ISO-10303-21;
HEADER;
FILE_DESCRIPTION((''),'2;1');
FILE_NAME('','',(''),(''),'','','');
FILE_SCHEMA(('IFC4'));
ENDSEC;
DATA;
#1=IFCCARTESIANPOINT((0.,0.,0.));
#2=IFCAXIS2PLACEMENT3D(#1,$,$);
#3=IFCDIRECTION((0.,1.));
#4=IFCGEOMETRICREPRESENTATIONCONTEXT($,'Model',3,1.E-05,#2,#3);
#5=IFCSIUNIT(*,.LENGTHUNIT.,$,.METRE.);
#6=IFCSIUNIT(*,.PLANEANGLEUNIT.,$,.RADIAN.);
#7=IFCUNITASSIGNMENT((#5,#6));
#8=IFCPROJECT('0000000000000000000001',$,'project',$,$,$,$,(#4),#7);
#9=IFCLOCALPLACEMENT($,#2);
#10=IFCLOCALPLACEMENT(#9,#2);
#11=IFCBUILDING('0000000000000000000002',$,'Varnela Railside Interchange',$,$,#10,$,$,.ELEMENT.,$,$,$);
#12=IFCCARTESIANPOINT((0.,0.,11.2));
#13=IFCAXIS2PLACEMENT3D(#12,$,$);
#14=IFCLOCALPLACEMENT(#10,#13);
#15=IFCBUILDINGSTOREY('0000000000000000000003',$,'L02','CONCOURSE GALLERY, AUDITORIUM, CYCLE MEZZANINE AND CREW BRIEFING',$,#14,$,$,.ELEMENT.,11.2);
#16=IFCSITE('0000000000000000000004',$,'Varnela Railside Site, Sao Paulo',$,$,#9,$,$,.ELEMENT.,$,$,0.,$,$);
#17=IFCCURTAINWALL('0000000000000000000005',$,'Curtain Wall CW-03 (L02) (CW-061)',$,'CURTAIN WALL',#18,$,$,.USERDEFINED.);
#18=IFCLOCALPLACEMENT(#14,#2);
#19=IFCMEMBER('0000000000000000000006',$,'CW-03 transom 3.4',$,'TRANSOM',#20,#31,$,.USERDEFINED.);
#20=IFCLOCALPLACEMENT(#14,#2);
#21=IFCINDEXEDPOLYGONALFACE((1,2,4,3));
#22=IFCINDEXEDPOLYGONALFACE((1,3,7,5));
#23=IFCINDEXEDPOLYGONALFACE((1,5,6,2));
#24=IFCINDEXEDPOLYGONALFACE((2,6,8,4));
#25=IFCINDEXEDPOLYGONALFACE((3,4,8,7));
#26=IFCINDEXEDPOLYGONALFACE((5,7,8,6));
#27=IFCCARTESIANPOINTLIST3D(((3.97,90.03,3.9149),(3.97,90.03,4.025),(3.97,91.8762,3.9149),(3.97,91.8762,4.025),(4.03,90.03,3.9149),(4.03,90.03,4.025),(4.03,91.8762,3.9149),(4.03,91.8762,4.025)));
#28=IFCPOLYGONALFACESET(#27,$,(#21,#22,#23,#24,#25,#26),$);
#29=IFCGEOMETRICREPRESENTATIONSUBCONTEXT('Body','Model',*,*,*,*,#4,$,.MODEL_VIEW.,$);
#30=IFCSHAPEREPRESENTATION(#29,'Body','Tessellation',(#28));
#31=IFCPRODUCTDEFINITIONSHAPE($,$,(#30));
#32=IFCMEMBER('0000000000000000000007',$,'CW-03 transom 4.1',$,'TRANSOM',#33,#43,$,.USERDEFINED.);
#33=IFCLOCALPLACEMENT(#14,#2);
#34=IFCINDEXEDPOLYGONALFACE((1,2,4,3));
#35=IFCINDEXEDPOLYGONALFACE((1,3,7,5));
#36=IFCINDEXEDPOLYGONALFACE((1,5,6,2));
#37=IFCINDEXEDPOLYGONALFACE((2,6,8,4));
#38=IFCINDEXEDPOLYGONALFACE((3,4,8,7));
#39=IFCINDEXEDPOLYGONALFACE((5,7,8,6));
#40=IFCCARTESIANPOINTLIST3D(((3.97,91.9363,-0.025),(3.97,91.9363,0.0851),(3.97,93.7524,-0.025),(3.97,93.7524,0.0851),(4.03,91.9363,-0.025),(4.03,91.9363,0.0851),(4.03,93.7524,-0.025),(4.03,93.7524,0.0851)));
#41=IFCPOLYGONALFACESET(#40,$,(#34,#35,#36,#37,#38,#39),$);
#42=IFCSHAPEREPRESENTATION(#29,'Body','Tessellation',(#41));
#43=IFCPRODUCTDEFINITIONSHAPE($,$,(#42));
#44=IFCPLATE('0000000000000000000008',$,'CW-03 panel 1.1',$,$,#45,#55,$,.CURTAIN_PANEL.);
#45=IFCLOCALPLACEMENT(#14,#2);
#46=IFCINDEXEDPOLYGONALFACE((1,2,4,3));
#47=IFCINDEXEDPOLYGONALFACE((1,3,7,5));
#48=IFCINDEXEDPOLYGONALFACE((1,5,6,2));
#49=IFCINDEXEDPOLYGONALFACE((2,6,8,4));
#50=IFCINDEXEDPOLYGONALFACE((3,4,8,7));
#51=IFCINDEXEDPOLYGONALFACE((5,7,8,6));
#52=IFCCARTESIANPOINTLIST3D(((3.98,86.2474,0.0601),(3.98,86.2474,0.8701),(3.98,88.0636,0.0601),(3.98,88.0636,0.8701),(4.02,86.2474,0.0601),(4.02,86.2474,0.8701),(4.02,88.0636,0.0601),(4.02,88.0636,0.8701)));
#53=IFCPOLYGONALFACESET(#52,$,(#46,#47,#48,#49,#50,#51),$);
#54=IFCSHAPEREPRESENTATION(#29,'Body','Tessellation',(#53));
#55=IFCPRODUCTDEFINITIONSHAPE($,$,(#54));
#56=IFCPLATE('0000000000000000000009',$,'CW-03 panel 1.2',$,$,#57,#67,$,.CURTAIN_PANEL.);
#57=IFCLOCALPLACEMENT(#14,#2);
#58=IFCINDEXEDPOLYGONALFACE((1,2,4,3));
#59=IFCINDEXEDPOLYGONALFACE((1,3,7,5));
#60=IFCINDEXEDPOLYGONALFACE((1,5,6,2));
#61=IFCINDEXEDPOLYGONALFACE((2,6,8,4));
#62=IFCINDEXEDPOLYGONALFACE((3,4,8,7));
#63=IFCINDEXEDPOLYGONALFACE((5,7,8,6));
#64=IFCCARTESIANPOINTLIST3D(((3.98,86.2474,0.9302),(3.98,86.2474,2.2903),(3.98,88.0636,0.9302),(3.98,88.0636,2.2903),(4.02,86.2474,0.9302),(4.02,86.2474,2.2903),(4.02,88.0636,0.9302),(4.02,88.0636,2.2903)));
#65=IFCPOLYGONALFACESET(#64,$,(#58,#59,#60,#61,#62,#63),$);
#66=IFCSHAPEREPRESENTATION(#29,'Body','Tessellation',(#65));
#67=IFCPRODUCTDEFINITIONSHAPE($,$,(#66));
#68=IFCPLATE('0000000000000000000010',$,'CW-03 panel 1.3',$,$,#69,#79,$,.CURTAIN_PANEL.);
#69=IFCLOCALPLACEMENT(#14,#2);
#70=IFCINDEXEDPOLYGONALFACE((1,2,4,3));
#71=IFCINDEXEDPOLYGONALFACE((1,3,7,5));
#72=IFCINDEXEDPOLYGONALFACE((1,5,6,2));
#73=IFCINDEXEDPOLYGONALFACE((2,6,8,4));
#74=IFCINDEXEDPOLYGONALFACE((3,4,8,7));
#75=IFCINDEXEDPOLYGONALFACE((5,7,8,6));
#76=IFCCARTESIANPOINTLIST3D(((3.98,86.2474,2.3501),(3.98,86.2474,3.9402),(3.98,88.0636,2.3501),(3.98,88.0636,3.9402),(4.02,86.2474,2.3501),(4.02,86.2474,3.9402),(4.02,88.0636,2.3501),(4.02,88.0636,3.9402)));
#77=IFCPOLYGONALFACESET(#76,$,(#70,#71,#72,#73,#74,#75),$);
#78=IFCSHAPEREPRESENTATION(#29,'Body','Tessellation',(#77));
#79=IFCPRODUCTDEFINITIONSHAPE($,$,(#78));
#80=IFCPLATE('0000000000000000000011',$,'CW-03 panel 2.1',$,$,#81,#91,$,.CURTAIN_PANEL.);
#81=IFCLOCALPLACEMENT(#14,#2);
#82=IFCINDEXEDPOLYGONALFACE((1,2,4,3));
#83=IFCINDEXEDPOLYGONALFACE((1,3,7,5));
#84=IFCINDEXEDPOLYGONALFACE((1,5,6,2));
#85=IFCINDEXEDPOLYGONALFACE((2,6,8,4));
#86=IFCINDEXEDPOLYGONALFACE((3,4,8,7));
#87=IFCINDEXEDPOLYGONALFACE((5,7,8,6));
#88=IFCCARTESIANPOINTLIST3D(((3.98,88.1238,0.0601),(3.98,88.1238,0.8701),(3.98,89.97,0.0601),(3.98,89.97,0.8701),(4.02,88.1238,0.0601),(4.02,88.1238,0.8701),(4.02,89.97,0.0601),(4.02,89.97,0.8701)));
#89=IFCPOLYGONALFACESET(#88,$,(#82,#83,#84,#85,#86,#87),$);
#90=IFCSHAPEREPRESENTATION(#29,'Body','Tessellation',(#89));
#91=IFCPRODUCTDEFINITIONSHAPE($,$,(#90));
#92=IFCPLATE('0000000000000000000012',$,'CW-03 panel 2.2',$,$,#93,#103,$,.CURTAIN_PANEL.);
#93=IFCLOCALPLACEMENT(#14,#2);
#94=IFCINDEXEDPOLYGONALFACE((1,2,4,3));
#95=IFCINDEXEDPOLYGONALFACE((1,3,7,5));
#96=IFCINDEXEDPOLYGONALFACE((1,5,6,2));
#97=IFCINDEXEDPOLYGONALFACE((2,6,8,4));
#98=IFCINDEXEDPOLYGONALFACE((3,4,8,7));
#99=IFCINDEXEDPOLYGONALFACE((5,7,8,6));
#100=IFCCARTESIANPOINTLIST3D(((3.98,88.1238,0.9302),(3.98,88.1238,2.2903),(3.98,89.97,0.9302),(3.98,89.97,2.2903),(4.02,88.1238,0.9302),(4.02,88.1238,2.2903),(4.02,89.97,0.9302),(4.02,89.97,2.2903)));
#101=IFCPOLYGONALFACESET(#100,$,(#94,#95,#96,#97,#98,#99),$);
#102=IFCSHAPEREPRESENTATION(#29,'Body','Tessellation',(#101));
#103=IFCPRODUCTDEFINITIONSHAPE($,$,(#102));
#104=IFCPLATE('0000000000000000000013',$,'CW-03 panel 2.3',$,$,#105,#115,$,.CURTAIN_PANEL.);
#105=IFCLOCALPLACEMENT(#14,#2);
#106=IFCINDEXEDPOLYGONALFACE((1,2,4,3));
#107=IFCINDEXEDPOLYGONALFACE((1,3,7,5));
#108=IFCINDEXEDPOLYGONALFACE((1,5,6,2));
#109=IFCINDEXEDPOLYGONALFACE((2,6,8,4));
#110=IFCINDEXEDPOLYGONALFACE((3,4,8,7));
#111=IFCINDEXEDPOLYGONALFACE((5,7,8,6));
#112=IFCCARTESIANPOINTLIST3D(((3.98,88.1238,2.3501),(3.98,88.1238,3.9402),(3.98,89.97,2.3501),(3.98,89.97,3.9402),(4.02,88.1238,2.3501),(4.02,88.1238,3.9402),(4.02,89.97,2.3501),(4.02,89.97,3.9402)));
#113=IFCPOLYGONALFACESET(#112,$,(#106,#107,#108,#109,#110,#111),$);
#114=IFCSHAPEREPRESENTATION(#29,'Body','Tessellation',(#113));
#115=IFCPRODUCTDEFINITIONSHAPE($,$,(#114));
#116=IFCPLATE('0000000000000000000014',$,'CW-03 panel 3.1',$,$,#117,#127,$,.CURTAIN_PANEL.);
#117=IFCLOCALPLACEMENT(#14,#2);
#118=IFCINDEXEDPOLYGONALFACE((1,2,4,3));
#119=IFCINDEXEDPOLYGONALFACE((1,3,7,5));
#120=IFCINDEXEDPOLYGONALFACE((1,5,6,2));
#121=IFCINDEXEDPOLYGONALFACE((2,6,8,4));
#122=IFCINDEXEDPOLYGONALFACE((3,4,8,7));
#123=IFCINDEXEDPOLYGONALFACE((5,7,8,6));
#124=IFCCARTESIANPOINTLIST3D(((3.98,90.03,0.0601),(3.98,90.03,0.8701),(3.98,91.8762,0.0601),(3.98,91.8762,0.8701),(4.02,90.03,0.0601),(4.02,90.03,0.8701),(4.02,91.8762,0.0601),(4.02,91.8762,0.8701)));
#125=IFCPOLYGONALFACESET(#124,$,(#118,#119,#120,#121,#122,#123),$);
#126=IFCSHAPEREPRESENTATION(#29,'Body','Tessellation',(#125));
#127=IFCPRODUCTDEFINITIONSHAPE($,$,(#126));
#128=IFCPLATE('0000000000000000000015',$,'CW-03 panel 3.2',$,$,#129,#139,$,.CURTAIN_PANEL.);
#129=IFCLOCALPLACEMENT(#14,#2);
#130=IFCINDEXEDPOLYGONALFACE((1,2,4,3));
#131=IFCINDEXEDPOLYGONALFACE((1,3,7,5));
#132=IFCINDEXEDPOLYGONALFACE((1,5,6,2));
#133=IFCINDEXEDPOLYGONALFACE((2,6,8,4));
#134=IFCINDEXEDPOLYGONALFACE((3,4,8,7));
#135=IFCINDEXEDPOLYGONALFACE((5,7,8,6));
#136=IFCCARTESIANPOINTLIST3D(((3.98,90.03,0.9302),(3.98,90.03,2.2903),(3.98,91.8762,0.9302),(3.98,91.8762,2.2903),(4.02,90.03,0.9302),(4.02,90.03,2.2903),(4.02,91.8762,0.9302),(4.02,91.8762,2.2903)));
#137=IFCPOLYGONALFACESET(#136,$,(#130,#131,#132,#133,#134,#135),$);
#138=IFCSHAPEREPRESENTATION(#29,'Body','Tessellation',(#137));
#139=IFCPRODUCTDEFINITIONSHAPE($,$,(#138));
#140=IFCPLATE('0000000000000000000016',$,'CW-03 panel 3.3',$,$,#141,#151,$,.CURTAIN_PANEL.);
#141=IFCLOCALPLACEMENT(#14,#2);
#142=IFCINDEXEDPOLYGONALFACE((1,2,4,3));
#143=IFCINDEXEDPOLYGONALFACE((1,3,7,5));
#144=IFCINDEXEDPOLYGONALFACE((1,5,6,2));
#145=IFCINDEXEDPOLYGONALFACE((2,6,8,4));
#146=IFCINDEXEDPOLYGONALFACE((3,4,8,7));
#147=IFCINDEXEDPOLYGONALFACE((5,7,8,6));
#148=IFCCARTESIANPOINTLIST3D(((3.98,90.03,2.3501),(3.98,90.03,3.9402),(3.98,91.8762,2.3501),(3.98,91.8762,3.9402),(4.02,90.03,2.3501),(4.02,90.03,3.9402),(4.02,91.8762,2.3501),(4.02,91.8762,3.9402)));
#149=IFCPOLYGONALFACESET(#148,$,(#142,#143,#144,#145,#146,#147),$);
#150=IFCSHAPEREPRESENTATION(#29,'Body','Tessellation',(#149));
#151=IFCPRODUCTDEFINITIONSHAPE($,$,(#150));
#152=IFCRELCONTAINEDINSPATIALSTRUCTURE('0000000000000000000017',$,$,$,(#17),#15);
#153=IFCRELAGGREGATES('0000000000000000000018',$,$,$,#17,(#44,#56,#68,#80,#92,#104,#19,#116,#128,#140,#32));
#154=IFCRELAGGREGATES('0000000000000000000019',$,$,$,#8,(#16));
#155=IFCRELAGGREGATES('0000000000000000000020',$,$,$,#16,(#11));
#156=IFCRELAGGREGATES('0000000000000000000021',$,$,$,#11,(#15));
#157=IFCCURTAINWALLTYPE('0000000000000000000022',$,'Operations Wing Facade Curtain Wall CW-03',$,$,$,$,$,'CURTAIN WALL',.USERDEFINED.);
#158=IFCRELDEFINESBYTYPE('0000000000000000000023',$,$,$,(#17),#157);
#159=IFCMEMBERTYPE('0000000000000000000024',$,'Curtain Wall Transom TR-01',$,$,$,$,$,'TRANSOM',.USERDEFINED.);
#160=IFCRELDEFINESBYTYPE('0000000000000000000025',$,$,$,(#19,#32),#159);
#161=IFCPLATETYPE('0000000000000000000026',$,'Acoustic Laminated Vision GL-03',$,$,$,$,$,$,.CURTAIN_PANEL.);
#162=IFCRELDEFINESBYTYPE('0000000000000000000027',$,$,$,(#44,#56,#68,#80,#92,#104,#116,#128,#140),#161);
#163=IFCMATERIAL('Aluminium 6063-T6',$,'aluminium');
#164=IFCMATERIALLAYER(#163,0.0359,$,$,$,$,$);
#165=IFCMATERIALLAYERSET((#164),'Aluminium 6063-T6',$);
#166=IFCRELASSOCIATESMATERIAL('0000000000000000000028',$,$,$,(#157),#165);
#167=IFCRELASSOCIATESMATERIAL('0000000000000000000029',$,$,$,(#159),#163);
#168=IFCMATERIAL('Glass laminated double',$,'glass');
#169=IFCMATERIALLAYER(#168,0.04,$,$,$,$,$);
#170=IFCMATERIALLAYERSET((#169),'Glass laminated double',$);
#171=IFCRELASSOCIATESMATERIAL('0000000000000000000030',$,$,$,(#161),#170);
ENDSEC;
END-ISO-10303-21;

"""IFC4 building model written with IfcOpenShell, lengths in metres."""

from ifc_helpers import new_model, si_unit, direction, frame, origin, origin_2d, place, context, subcontext, project, spatial, rectangle, extrude, material, layer, layer_set, material_profile, profile_set, type_object, element, aggregate, save


model = new_model("IFC4")

# Units and contexts
model_context = context("Model", 3, precision=1e-05, world=origin(), true_north=direction((0.0, 1.0)))
body_context = subcontext(model_context, "Body", "Model", "MODEL_VIEW")
ifc_project = project(units=[si_unit("LENGTHUNIT", "METRE"), si_unit("PLANEANGLEUNIT", "RADIAN")], contexts=[model_context])

# Site, building, storey
site_placement = place(None, origin())
site = spatial("IfcSite", under=ifc_project, at=site_placement, Name="Varnela Railside Site, Sao Paulo", CompositionType="ELEMENT", RefElevation=0.0)
building_placement = place(site_placement, origin())
building = spatial("IfcBuilding", under=site, at=building_placement, Name="Varnela Railside Interchange", CompositionType="ELEMENT")
storey_placement = place(building_placement, frame((0.0, 0.0, 11.2)))
storey = spatial("IfcBuildingStorey", under=building, at=storey_placement, Name="L02", Description="CONCOURSE GALLERY, AUDITORIUM, CYCLE MEZZANINE AND CREW BRIEFING", CompositionType="ELEMENT", Elevation=11.2)

# Curtain wall, members, plates
ifc_material_1 = material(Name="Aluminium 6063-T6", Category="aluminium")
ifc_layer_1 = layer(ifc_material_1, 0.0359)
ifc_layer_set_1 = layer_set([ifc_layer_1], Name="Aluminium 6063-T6")
curtain_wall_type = type_object("IfcCurtainWallType", Name="Operations Wing Facade Curtain Wall CW-03", ElementType="CURTAIN WALL", PredefinedType="USERDEFINED", material=ifc_layer_set_1)
curtain_wall_placement = place(storey_placement, origin())
curtain_wall = element("IfcCurtainWall", 1, at=curtain_wall_placement, inside=storey, type_object=curtain_wall_type, Name="Curtain Wall CW-03 (L02) (CW-061)", ObjectType="CURTAIN WALL", PredefinedType="USERDEFINED")
ifc_material_profile_1 = material_profile(ifc_material_1, rectangle(XDim=0.0601, YDim=0.1101, at=origin_2d()), Name="ALU 60x110")
ifc_profile_set_1 = profile_set([ifc_material_profile_1], Name="Aluminium 6063-T6")
member_type_1 = type_object("IfcMemberType", Name="Curtain Wall Transom TR-01", ElementType="TRANSOM", PredefinedType="USERDEFINED", material=ifc_profile_set_1)
member_1_placement = place(storey_placement, frame((4.0, 90.03, 3.97), z_axis=(0.0, 1.0, 0.0), x_axis=(-1.0, 0.0, 0.0)))
member_1 = element("IfcMember", 2, at=member_1_placement, type_object=member_type_1, Name="CW-03 transom 3.4", ObjectType="TRANSOM", PredefinedType="USERDEFINED", context=body_context, shape_type="SweptSolid", body=[
    extrude(rectangle(XDim=0.0601, YDim=0.1101, at=origin_2d()), origin(), (0.0, 0.0, 1.0), 1.8462),
])
member_2_placement = place(storey_placement, frame((4.0, 91.9363, 0.03), z_axis=(0.0, 1.0, 0.0), x_axis=(-1.0, 0.0, 0.0)))
member_2 = element("IfcMember", 3, at=member_2_placement, type_object=member_type_1, Name="CW-03 transom 4.1", ObjectType="TRANSOM", PredefinedType="USERDEFINED", context=body_context, shape_type="SweptSolid", body=[
    extrude(rectangle(XDim=0.0601, YDim=0.1101, at=origin_2d()), origin(), (0.0, 0.0, 1.0), 1.8162),
])
ifc_material_2 = material(Name="Glass laminated double", Category="glass")
ifc_layer_2 = layer(ifc_material_2, 0.04)
ifc_layer_set_2 = layer_set([ifc_layer_2], Name="Glass laminated double")
plate_type = type_object("IfcPlateType", Name="Acoustic Laminated Vision GL-03", PredefinedType="CURTAIN_PANEL", material=ifc_layer_set_2)
plate_1_placement = place(storey_placement, frame((4.0, 87.1555, 0.0601), z_axis=(0.0, 0.0, 1.0), x_axis=(0.0, 1.0, 0.0)))
plate_1 = element("IfcPlate", 4, at=plate_1_placement, type_object=plate_type, Name="CW-03 panel 1.1", PredefinedType="CURTAIN_PANEL", context=body_context, shape_type="SweptSolid", body=[
    extrude(rectangle(XDim=1.8162, YDim=0.04, at=origin_2d()), origin(), (0.0, 0.0, 1.0), 0.8101),
])
plate_2_placement = place(storey_placement, frame((4.0, 87.1555, 0.9302), z_axis=(0.0, 0.0, 1.0), x_axis=(0.0, 1.0, 0.0)))
plate_2 = element("IfcPlate", 5, at=plate_2_placement, type_object=plate_type, Name="CW-03 panel 1.2", PredefinedType="CURTAIN_PANEL", context=body_context, shape_type="SweptSolid", body=[
    extrude(rectangle(XDim=1.8162, YDim=0.04, at=origin_2d()), origin(), (0.0, 0.0, 1.0), 1.3601),
])
plate_3_placement = place(storey_placement, frame((4.0, 87.1555, 2.3501), z_axis=(0.0, 0.0, 1.0), x_axis=(0.0, 1.0, 0.0)))
plate_3 = element("IfcPlate", 6, at=plate_3_placement, type_object=plate_type, Name="CW-03 panel 1.3", PredefinedType="CURTAIN_PANEL", context=body_context, shape_type="SweptSolid", body=[
    extrude(rectangle(XDim=1.8162, YDim=0.04, at=origin_2d()), origin(), (0.0, 0.0, 1.0), 1.5901),
])
plate_4_placement = place(storey_placement, frame((4.0, 89.0469, 0.0601), z_axis=(0.0, 0.0, 1.0), x_axis=(0.0, 1.0, 0.0)))
plate_4 = element("IfcPlate", 7, at=plate_4_placement, type_object=plate_type, Name="CW-03 panel 2.1", PredefinedType="CURTAIN_PANEL", context=body_context, shape_type="SweptSolid", body=[
    extrude(rectangle(XDim=1.8462, YDim=0.04, at=origin_2d()), origin(), (0.0, 0.0, 1.0), 0.8101),
])
plate_5_placement = place(storey_placement, frame((4.0, 89.0469, 0.9302), z_axis=(0.0, 0.0, 1.0), x_axis=(0.0, 1.0, 0.0)))
plate_5 = element("IfcPlate", 8, at=plate_5_placement, type_object=plate_type, Name="CW-03 panel 2.2", PredefinedType="CURTAIN_PANEL", context=body_context, shape_type="SweptSolid", body=[
    extrude(rectangle(XDim=1.8462, YDim=0.04, at=origin_2d()), origin(), (0.0, 0.0, 1.0), 1.3601),
])
plate_6_placement = place(storey_placement, frame((4.0, 89.0469, 2.3501), z_axis=(0.0, 0.0, 1.0), x_axis=(0.0, 1.0, 0.0)))
plate_6 = element("IfcPlate", 9, at=plate_6_placement, type_object=plate_type, Name="CW-03 panel 2.3", PredefinedType="CURTAIN_PANEL", context=body_context, shape_type="SweptSolid", body=[
    extrude(rectangle(XDim=1.8462, YDim=0.04, at=origin_2d()), origin(), (0.0, 0.0, 1.0), 1.5901),
])
plate_7_placement = place(storey_placement, frame((4.0, 90.9531, 0.0601), z_axis=(0.0, 0.0, 1.0), x_axis=(0.0, 1.0, 0.0)))
plate_7 = element("IfcPlate", 10, at=plate_7_placement, type_object=plate_type, Name="CW-03 panel 3.1", PredefinedType="CURTAIN_PANEL", context=body_context, shape_type="SweptSolid", body=[
    extrude(rectangle(XDim=1.8462, YDim=0.04, at=origin_2d()), origin(), (0.0, 0.0, 1.0), 0.8101),
])
plate_8_placement = place(storey_placement, frame((4.0, 90.9531, 0.9302), z_axis=(0.0, 0.0, 1.0), x_axis=(0.0, 1.0, 0.0)))
plate_8 = element("IfcPlate", 11, at=plate_8_placement, type_object=plate_type, Name="CW-03 panel 3.2", PredefinedType="CURTAIN_PANEL", context=body_context, shape_type="SweptSolid", body=[
    extrude(rectangle(XDim=1.8462, YDim=0.04, at=origin_2d()), origin(), (0.0, 0.0, 1.0), 1.3601),
])
plate_9_placement = place(storey_placement, frame((4.0, 90.9531, 2.3501), z_axis=(0.0, 0.0, 1.0), x_axis=(0.0, 1.0, 0.0)))
plate_9 = element("IfcPlate", 12, at=plate_9_placement, type_object=plate_type, Name="CW-03 panel 3.3", PredefinedType="CURTAIN_PANEL", context=body_context, shape_type="SweptSolid", body=[
    extrude(rectangle(XDim=1.8462, YDim=0.04, at=origin_2d()), origin(), (0.0, 0.0, 1.0), 1.5901),
])
aggregate(curtain_wall, [plate_1, plate_2, plate_3, plate_4, plate_5, plate_6, member_1, plate_7, plate_8, plate_9, member_2])

save(model, "model.ifc")
